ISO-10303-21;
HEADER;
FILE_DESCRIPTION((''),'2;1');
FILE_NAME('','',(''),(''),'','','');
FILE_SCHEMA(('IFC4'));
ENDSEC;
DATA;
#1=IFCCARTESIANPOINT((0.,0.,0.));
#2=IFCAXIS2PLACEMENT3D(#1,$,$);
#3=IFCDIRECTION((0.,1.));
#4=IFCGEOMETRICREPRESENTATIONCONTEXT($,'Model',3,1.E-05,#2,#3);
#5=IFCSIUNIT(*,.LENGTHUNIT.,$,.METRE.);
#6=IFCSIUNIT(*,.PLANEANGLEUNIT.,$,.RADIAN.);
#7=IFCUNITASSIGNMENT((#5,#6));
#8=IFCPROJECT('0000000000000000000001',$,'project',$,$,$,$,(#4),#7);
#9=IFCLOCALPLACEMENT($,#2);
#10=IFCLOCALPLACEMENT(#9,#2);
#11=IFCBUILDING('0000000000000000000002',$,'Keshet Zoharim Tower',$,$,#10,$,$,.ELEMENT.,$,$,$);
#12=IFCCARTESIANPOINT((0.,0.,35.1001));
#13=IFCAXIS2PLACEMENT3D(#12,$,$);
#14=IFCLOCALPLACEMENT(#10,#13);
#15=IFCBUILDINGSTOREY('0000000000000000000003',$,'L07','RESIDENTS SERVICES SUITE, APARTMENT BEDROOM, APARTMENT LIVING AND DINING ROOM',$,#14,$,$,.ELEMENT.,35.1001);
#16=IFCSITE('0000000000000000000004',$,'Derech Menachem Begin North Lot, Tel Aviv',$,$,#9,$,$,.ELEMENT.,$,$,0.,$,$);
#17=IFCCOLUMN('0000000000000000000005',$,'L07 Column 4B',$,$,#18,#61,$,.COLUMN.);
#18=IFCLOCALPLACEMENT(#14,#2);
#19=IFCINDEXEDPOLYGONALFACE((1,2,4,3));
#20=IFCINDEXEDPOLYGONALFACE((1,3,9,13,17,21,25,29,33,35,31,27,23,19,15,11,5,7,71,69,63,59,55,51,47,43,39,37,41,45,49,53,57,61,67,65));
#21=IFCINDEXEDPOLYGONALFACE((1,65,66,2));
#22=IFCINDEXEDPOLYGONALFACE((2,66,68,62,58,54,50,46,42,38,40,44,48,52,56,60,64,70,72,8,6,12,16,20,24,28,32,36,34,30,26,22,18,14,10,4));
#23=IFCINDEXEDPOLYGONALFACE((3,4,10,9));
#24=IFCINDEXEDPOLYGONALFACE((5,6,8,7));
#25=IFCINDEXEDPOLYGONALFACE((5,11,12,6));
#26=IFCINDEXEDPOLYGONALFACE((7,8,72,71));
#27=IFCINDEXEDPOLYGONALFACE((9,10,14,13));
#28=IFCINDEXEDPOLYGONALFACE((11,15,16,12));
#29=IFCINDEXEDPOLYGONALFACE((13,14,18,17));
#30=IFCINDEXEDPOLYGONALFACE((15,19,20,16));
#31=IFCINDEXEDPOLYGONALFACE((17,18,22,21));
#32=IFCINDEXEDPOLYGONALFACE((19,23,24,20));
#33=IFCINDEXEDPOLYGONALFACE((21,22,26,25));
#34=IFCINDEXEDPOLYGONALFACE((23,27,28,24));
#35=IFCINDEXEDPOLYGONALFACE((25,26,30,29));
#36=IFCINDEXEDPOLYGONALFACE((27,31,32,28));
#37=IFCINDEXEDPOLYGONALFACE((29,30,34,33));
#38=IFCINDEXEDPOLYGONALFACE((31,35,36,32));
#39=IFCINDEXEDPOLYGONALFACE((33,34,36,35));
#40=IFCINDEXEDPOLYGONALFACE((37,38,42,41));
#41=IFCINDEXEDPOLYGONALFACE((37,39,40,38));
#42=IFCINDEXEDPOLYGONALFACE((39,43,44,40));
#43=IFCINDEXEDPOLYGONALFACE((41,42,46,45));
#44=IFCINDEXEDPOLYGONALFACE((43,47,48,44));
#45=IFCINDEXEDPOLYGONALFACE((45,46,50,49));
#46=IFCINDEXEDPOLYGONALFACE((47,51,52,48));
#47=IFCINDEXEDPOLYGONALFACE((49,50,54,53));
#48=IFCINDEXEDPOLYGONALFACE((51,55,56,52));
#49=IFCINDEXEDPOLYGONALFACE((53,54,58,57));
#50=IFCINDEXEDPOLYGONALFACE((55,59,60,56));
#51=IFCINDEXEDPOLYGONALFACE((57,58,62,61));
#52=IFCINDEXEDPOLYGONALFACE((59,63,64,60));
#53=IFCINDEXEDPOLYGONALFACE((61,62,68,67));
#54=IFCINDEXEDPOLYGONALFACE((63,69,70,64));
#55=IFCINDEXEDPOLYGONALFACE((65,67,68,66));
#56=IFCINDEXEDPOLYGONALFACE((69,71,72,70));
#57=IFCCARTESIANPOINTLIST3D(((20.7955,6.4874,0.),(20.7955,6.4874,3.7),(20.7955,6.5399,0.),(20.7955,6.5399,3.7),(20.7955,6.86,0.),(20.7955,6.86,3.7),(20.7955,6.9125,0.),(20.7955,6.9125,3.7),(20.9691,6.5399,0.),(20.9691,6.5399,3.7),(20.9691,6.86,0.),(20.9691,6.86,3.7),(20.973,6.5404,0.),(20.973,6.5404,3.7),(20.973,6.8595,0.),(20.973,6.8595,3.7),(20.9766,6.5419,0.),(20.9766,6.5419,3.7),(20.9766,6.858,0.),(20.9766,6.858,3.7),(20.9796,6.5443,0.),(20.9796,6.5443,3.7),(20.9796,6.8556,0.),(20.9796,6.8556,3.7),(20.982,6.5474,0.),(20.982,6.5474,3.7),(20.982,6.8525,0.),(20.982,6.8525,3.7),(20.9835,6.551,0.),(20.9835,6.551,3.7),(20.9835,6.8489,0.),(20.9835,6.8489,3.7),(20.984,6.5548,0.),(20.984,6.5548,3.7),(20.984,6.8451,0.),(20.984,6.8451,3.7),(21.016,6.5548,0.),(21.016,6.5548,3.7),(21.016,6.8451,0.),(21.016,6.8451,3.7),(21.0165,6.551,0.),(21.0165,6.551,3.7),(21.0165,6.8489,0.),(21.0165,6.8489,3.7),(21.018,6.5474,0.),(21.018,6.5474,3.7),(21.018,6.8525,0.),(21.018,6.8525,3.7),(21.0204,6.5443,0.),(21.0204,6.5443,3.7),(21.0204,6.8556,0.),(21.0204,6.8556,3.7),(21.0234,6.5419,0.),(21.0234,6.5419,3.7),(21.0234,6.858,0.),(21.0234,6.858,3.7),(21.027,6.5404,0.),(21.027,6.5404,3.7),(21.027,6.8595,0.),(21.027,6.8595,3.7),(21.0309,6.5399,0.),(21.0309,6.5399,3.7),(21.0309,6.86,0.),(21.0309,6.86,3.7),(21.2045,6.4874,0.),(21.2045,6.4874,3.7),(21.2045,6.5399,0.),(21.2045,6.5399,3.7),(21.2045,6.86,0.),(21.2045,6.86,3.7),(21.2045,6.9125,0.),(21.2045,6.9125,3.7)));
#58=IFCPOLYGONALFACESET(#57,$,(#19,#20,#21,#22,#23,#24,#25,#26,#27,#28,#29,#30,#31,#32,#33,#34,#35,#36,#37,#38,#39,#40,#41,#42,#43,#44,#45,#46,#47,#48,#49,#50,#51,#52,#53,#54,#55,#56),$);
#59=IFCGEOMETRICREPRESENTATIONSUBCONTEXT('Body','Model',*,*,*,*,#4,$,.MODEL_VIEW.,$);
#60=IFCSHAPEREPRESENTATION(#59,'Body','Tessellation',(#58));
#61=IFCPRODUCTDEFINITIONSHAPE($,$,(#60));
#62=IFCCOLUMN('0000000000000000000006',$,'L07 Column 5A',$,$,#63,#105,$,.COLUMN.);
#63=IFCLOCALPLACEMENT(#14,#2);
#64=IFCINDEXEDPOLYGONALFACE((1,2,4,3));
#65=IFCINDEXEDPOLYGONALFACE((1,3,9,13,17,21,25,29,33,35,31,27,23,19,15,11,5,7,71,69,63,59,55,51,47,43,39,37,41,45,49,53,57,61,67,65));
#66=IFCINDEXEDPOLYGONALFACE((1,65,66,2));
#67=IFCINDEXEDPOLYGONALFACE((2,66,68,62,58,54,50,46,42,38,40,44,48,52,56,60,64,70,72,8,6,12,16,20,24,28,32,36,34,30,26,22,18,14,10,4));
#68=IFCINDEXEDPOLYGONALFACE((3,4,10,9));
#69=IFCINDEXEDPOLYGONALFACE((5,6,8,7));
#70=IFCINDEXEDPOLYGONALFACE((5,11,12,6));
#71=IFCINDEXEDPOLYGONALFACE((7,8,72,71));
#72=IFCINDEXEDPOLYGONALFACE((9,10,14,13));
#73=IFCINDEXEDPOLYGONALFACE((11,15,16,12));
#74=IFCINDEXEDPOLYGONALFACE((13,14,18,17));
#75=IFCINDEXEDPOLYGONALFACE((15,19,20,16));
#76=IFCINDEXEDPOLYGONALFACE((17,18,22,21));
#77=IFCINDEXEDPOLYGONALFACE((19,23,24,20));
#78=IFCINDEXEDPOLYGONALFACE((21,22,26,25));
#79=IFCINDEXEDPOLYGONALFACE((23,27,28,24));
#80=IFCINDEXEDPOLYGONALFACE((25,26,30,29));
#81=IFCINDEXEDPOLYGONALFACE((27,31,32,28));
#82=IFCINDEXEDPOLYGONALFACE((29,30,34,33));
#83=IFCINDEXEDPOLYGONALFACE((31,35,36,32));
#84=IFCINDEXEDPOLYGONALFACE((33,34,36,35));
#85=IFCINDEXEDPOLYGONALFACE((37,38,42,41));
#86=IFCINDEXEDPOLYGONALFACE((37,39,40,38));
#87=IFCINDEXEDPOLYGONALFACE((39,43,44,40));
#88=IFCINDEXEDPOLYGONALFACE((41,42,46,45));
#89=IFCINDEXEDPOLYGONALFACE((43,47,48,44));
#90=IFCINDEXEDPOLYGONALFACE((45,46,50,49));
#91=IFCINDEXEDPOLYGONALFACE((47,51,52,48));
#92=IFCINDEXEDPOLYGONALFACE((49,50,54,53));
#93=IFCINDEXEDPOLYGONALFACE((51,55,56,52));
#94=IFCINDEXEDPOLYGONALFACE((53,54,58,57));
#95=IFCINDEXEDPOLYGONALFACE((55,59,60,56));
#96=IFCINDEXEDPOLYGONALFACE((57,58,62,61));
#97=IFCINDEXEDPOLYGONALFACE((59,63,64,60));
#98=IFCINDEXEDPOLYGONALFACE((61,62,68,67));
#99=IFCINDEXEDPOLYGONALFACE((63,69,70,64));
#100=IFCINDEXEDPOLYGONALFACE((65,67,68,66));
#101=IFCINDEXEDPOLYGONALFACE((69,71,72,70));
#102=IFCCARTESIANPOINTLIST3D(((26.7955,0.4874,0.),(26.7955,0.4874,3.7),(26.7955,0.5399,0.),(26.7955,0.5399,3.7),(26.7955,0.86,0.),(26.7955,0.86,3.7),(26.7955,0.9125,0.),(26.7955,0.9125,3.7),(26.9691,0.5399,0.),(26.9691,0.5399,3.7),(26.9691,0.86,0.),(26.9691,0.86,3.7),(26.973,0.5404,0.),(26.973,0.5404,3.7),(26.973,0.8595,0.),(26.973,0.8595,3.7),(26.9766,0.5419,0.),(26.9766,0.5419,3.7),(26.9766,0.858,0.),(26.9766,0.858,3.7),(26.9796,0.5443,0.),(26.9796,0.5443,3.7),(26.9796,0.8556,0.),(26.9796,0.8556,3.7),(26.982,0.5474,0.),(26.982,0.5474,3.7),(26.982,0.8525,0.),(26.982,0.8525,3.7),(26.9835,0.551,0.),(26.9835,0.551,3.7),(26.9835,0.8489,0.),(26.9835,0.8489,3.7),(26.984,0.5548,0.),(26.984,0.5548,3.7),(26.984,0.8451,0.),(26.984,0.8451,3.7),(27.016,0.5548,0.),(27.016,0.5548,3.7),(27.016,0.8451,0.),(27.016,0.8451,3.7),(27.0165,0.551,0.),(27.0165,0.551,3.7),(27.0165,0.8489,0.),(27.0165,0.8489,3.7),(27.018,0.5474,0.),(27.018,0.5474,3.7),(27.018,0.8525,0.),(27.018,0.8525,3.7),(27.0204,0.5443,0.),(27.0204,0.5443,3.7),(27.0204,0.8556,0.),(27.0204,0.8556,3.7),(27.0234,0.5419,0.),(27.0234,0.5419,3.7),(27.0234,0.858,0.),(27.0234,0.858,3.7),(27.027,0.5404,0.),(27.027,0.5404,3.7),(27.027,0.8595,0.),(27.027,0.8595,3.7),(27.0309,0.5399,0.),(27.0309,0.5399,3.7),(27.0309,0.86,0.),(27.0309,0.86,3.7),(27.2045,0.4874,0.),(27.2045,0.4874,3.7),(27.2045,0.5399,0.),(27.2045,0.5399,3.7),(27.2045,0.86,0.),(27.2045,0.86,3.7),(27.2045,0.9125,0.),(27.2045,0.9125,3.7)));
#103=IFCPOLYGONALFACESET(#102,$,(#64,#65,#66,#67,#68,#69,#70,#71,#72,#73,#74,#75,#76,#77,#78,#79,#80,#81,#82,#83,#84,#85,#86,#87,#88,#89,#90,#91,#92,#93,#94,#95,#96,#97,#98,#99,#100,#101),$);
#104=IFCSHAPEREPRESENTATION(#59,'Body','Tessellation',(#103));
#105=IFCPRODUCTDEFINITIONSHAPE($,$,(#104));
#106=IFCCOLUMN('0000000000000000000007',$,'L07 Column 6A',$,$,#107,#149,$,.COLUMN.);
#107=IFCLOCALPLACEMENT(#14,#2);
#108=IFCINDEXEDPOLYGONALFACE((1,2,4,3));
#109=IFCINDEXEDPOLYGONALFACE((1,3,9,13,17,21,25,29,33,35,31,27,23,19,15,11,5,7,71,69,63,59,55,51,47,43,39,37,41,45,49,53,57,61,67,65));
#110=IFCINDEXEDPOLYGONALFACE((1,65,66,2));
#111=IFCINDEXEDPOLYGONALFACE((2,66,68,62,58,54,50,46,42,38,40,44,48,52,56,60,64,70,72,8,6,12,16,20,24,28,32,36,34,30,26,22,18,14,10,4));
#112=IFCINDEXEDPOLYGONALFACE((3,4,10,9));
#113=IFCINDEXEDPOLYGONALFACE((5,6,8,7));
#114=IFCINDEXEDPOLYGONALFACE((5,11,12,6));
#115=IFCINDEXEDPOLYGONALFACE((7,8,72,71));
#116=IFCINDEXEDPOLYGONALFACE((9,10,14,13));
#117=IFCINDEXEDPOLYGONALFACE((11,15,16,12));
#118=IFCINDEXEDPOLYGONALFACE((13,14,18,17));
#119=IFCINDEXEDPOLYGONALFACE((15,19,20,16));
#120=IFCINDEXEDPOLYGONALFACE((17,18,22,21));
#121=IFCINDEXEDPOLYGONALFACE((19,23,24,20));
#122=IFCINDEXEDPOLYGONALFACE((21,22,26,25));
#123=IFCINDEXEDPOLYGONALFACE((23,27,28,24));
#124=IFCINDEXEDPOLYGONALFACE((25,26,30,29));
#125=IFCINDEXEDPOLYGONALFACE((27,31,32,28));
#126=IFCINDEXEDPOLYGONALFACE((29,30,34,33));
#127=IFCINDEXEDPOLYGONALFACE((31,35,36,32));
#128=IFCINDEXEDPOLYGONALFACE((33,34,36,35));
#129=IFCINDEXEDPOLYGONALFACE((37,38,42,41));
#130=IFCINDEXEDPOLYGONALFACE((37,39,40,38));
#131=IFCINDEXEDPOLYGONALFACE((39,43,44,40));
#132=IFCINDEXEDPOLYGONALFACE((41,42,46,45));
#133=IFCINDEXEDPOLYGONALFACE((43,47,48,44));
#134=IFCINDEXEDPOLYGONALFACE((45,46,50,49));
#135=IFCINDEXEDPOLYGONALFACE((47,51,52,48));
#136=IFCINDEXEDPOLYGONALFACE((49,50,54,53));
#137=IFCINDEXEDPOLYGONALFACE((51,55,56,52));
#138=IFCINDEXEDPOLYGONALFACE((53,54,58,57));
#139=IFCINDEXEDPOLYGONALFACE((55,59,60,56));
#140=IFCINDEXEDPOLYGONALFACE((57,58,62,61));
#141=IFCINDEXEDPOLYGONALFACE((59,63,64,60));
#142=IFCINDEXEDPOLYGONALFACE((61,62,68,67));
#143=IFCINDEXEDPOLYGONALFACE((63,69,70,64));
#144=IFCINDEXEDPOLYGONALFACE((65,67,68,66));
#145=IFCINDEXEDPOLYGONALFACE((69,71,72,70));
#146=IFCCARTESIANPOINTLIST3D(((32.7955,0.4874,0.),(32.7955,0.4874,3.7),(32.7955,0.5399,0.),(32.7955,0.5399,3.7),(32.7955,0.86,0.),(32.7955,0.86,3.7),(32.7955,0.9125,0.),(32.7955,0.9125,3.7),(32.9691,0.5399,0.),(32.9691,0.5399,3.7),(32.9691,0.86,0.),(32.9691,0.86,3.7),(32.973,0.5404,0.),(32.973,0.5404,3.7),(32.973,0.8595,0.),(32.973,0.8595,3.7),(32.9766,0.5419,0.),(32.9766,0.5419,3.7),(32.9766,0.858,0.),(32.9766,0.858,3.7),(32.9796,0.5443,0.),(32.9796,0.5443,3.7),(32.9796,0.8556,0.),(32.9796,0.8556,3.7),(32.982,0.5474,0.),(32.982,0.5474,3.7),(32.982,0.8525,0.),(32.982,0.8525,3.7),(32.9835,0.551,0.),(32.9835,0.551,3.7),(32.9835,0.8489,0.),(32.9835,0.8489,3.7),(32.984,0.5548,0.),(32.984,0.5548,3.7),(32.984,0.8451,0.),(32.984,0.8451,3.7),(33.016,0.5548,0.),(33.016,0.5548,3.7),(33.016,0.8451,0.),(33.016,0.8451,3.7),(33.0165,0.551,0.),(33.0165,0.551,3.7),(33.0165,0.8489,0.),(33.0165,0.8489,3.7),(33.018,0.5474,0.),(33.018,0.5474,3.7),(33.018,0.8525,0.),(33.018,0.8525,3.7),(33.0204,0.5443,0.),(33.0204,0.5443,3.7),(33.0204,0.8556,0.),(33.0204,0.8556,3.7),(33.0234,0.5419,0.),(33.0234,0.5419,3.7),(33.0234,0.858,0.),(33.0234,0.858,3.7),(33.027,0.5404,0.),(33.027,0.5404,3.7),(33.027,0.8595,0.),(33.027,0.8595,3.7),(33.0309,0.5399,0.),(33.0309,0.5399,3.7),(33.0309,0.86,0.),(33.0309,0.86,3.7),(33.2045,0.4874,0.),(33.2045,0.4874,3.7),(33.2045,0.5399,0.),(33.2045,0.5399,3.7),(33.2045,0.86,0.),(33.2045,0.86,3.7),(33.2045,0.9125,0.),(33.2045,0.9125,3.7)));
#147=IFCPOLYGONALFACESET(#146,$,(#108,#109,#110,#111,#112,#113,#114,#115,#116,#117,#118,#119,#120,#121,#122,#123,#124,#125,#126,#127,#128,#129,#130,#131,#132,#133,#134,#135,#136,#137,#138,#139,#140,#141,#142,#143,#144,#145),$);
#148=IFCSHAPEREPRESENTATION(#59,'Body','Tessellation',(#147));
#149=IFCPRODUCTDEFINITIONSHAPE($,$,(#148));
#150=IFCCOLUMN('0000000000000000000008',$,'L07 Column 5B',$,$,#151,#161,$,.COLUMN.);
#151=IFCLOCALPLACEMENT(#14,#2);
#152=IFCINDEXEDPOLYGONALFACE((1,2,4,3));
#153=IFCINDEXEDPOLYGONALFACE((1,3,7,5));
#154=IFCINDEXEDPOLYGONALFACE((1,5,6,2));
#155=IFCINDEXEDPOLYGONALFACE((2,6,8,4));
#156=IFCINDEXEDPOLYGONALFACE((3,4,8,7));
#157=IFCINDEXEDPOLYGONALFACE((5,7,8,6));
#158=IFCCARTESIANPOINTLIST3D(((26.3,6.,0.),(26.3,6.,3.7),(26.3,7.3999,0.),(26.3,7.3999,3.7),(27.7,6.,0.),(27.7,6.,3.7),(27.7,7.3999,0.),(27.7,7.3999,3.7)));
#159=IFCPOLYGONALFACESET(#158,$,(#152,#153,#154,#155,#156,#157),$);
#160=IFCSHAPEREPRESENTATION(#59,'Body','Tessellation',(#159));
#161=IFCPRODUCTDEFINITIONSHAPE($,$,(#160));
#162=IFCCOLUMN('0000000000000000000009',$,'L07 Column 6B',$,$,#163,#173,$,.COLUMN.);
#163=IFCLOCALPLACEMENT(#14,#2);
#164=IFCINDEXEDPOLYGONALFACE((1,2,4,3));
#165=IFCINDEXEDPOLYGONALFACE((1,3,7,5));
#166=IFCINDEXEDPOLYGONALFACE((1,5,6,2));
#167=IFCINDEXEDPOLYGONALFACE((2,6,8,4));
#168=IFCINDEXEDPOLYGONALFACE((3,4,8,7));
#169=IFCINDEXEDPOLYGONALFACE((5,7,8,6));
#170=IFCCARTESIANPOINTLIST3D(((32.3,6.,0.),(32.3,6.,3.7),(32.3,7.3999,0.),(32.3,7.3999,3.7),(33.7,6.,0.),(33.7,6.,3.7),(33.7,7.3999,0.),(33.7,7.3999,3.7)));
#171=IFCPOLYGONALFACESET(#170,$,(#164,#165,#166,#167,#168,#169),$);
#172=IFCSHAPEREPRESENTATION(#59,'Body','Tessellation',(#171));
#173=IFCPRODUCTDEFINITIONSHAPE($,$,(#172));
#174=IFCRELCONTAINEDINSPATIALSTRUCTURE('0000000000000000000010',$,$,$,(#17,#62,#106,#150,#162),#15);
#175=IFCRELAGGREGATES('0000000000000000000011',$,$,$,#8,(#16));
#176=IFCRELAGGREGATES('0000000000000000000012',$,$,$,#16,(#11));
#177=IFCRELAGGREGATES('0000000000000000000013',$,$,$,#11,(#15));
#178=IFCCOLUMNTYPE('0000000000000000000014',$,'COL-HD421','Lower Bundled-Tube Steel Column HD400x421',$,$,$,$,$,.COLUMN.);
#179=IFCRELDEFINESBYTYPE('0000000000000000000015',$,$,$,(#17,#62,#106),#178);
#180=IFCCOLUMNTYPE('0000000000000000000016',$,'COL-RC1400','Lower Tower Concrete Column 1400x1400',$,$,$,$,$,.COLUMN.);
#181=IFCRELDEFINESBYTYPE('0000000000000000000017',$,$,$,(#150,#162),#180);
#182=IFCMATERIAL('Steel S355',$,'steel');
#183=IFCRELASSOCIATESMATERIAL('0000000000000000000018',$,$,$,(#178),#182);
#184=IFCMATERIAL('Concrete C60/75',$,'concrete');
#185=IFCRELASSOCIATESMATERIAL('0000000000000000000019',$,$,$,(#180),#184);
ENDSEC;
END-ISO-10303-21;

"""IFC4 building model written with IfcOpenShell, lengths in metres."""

from ifc_helpers import new_model, si_unit, direction, frame, origin, origin_2d, place, context, subcontext, project, spatial, rectangle, i_section, extrude, material, material_profile, profile_set, type_object, element, save


model = new_model("IFC4")

# Units and contexts
model_context = context("Model", 3, precision=1e-05, world=origin(), true_north=direction((0.0, 1.0)))
body_context = subcontext(model_context, "Body", "Model", "MODEL_VIEW")
ifc_project = project(units=[si_unit("LENGTHUNIT", "METRE"), si_unit("PLANEANGLEUNIT", "RADIAN")], contexts=[model_context])

# Site, building, storey
site_placement = place(None, origin())
site = spatial("IfcSite", under=ifc_project, at=site_placement, Name="Derech Menachem Begin North Lot, Tel Aviv", CompositionType="ELEMENT", RefElevation=0.0)
building_placement = place(site_placement, origin())
building = spatial("IfcBuilding", under=site, at=building_placement, Name="Keshet Zoharim Tower", CompositionType="ELEMENT")
storey_placement = place(building_placement, frame((0.0, 0.0, 35.1001)))
storey = spatial("IfcBuildingStorey", under=building, at=storey_placement, Name="L07", Description="RESIDENTS SERVICES SUITE, APARTMENT BEDROOM, APARTMENT LIVING AND DINING ROOM", CompositionType="ELEMENT", Elevation=35.1001)

# Columns
ifc_material_1 = material(Name="Steel S355", Category="steel")
ifc_material_profile_1 = material_profile(ifc_material_1, i_section(OverallWidth=0.4089, OverallDepth=0.425, WebThickness=0.032, FlangeThickness=0.0525, FilletRadius=0.0149, at=origin_2d()), Name="HD400x421")
ifc_profile_set_1 = profile_set([ifc_material_profile_1], Name="Steel S355")
column_type_1 = type_object("IfcColumnType", Name="COL-HD421", Description="Lower Bundled-Tube Steel Column HD400x421", PredefinedType="COLUMN", material=ifc_profile_set_1)
for number, where, z_axis, x_axis, name in (
    (1, (21.0, 6.7, 0.0), (0.0, 0.0, 1.0), (1.0, 0.0, 0.0), "L07 Column 4B"),
    (2, (27.0, 0.7, 0.0), (0.0, 0.0, 1.0), (1.0, 0.0, 0.0), "L07 Column 5A"),
    (3, (33.0, 0.7, 0.0), (0.0, 0.0, 1.0), (1.0, 0.0, 0.0), "L07 Column 6A"),
):
    element("IfcColumn", number, at=place(storey_placement, frame(where, z_axis=z_axis, x_axis=x_axis)), inside=storey, type_object=column_type_1, Name=name, PredefinedType="COLUMN", context=body_context, shape_type="SweptSolid", body=[
        extrude(i_section(OverallWidth=0.4089, OverallDepth=0.425, WebThickness=0.032, FlangeThickness=0.0525, FilletRadius=0.0149, at=origin_2d()), origin(), (0.0, 0.0, 1.0), 3.7),
    ])
ifc_material_2 = material(Name="Concrete C60/75", Category="concrete")
ifc_material_profile_2 = material_profile(ifc_material_2, rectangle(XDim=1.3999, YDim=1.3999, at=origin_2d()), Name="RC1400x1400")
ifc_profile_set_2 = profile_set([ifc_material_profile_2], Name="Concrete C60/75")
column_type_2 = type_object("IfcColumnType", Name="COL-RC1400", Description="Lower Tower Concrete Column 1400x1400", PredefinedType="COLUMN", material=ifc_profile_set_2)
for number, where, z_axis, x_axis, name in (
    (4, (27.0, 6.7, 0.0), (0.0, 0.0, 1.0), (1.0, 0.0, 0.0), "L07 Column 5B"),
    (5, (33.0, 6.7, 0.0), (0.0, 0.0, 1.0), (1.0, 0.0, 0.0), "L07 Column 6B"),
):
    element("IfcColumn", number, at=place(storey_placement, frame(where, z_axis=z_axis, x_axis=x_axis)), inside=storey, type_object=column_type_2, Name=name, PredefinedType="COLUMN", context=body_context, shape_type="SweptSolid", body=[
        extrude(rectangle(XDim=1.3999, YDim=1.3999, at=origin_2d()), origin(), (0.0, 0.0, 1.0), 3.7),
    ])

save(model, "model.ifc")
